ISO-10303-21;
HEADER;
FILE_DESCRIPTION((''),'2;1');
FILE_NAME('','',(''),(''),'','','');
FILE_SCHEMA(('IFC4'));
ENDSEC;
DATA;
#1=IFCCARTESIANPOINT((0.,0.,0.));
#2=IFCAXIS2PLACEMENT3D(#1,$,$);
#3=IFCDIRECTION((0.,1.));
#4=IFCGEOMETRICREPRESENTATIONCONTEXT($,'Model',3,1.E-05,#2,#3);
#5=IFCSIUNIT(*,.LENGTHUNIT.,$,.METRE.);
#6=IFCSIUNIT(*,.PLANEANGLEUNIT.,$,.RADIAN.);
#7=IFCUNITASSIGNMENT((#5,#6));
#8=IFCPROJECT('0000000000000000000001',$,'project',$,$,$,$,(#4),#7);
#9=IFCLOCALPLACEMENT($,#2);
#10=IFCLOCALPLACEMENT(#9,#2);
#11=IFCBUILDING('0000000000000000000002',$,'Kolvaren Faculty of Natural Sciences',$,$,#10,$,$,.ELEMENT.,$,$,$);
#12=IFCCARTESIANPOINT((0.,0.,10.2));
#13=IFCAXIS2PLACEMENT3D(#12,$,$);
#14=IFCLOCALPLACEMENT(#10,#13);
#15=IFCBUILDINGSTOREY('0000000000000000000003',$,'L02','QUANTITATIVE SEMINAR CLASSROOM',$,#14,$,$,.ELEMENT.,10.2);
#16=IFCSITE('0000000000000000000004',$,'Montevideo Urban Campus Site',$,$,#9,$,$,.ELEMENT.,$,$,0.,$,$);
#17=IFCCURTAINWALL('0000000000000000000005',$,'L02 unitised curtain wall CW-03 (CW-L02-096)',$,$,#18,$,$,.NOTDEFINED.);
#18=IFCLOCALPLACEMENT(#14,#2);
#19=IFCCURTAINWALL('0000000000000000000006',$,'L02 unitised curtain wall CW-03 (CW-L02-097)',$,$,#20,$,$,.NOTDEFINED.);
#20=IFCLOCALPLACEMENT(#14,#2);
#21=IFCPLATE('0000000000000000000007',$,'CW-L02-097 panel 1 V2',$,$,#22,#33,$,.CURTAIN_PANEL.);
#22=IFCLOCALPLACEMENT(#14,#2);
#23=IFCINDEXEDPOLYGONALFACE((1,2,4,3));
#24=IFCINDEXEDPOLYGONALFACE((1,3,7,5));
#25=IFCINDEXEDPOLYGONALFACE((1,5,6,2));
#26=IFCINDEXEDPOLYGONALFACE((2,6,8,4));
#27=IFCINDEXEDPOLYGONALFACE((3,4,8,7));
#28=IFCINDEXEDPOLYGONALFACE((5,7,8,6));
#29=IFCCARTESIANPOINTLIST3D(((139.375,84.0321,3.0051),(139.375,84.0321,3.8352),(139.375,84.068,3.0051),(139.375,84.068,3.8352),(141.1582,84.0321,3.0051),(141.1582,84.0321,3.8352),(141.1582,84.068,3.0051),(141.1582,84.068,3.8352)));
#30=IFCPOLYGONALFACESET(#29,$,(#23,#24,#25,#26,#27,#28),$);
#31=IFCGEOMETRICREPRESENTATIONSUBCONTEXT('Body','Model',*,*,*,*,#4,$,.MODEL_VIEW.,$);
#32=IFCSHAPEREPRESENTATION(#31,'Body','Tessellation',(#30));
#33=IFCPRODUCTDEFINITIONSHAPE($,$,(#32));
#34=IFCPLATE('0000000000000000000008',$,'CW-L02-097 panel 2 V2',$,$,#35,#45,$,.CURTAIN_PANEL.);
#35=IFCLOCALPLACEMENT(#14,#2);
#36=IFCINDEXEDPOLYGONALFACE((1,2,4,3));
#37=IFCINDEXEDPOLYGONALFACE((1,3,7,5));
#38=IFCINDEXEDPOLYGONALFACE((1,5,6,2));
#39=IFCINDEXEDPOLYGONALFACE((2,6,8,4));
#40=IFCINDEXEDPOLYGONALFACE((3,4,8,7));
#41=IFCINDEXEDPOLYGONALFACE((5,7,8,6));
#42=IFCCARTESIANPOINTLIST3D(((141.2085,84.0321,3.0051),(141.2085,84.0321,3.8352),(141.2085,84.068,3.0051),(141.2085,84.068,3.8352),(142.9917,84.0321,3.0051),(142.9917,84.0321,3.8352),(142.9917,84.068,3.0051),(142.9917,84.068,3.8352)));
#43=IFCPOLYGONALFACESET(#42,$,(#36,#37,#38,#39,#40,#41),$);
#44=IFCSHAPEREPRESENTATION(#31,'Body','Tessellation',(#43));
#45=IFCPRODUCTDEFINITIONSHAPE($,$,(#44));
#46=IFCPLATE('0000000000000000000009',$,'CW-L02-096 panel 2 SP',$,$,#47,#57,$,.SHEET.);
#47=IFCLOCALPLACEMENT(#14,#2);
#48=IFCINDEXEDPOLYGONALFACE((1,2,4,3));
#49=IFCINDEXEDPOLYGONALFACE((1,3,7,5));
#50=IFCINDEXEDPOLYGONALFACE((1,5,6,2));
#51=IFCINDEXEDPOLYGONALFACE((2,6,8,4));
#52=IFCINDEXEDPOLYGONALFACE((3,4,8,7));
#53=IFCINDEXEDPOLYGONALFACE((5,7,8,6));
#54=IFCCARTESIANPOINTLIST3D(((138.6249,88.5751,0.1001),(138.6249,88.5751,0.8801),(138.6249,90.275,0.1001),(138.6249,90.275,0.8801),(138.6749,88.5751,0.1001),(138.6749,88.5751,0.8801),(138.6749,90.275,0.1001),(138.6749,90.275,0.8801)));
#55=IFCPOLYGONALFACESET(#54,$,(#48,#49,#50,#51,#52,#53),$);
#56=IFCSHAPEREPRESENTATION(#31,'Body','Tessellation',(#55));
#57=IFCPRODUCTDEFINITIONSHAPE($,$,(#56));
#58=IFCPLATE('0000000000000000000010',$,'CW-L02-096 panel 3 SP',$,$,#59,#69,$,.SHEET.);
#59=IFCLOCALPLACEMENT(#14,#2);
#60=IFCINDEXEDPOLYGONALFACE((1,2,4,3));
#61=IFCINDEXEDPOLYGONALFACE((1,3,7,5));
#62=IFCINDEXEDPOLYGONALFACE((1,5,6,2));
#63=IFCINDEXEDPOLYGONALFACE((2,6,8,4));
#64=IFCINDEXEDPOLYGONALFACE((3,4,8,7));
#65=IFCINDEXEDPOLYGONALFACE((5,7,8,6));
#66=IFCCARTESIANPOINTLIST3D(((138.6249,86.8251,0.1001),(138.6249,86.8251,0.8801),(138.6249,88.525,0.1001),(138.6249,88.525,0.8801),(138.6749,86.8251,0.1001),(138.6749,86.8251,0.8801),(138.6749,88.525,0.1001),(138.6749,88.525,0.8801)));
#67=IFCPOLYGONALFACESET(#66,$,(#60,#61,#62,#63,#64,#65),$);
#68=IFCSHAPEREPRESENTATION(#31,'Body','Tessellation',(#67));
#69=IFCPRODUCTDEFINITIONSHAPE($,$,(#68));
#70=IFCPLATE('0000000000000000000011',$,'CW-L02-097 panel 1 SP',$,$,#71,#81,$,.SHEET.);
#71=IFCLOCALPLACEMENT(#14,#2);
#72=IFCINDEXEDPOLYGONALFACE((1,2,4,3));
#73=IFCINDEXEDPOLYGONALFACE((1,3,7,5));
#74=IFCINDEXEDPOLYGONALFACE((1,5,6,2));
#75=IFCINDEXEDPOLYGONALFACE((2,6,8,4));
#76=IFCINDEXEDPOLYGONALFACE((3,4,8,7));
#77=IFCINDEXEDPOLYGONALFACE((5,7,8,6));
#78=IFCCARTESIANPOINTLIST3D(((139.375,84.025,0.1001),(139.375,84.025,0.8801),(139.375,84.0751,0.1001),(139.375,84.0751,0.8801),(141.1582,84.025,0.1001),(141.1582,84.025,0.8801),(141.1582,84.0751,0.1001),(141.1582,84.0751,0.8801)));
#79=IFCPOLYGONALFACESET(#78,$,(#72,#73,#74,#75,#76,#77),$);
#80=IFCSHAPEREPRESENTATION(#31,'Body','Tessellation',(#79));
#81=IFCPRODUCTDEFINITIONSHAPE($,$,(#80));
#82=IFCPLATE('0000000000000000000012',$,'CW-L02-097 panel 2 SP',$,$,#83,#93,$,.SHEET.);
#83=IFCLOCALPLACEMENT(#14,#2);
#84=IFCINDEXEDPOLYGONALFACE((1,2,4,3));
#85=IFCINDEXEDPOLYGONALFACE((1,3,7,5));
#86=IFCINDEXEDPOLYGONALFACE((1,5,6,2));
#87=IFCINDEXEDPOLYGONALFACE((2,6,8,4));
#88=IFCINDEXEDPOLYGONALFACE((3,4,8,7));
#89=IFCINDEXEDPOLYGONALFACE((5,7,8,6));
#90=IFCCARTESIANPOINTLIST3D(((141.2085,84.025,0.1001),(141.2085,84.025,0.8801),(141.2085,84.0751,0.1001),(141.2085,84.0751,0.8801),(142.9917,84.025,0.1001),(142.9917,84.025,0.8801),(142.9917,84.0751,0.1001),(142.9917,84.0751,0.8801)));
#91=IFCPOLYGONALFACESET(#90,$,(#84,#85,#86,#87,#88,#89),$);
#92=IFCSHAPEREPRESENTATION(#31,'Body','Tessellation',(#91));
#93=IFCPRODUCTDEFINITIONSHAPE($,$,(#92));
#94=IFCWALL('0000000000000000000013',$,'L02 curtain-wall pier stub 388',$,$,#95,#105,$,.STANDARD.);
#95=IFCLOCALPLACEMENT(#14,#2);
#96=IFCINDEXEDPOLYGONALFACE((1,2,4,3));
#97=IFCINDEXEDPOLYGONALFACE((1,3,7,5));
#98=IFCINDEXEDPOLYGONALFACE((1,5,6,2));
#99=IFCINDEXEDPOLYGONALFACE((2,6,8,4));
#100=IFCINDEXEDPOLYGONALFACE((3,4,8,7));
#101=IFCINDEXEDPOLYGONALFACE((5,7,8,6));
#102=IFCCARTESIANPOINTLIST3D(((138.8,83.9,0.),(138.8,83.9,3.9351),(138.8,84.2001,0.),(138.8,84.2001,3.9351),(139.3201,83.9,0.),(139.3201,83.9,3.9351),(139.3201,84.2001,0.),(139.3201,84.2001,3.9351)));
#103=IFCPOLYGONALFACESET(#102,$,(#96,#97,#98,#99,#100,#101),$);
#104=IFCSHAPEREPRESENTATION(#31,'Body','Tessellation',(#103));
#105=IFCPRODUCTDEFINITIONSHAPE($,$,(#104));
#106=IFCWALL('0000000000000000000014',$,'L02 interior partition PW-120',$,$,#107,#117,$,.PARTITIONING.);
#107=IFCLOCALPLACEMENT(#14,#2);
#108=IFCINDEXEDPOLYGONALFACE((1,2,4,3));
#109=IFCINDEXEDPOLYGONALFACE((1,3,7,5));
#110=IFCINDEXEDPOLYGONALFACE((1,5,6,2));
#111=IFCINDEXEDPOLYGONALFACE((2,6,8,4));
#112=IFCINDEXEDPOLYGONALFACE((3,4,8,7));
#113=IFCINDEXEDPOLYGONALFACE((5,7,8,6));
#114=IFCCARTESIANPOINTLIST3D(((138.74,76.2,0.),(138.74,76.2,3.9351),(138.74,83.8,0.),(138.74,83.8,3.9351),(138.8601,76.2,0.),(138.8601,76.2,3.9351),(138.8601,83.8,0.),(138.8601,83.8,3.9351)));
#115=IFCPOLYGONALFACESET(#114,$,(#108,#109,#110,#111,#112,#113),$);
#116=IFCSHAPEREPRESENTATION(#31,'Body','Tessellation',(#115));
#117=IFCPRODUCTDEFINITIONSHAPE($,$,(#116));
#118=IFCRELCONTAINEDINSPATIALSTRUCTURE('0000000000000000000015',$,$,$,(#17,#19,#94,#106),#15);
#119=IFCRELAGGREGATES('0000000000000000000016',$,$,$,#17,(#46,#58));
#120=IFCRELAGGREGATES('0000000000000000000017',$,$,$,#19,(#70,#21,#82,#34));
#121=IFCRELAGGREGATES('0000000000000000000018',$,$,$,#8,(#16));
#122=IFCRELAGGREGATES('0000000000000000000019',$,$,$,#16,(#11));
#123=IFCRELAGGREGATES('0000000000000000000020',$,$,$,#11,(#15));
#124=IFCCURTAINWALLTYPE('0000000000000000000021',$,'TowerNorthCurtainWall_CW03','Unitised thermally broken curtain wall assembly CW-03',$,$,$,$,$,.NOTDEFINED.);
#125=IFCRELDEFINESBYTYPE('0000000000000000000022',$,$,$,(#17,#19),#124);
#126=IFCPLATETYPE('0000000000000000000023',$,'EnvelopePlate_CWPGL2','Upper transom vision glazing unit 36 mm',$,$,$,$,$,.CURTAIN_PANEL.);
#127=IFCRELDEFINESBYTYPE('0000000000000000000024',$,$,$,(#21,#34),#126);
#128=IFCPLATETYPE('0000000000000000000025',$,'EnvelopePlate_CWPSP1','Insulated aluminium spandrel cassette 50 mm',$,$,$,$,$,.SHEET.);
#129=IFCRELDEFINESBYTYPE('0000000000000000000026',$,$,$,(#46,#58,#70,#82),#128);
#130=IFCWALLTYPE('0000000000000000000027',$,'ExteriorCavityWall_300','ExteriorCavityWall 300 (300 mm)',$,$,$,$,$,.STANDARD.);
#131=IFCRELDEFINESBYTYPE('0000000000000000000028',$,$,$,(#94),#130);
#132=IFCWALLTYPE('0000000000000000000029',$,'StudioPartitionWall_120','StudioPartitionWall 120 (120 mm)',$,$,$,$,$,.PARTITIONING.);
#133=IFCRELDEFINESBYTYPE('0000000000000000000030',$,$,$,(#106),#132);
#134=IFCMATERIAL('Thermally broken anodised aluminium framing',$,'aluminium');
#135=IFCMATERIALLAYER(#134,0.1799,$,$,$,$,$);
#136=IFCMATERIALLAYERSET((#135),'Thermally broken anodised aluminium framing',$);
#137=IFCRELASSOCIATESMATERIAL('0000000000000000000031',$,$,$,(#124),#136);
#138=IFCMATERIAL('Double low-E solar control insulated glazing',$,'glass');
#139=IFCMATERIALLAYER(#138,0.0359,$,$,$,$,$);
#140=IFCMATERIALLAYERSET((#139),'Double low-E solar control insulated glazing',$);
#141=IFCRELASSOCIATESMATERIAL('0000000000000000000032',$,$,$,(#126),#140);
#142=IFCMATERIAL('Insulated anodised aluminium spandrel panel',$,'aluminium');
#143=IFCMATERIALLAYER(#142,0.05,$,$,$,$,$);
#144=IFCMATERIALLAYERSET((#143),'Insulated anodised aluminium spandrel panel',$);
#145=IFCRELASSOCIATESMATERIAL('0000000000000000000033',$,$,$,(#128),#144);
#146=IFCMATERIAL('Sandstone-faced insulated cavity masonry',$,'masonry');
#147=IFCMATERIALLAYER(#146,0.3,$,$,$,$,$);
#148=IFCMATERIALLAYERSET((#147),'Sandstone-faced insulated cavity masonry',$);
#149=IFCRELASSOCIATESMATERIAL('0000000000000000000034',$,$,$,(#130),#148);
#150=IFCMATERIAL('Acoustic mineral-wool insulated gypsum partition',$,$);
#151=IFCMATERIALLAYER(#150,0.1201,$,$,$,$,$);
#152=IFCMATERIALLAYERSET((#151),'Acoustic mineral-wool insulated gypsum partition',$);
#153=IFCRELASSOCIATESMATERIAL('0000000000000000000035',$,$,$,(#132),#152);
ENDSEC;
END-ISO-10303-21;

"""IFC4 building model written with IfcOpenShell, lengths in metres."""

from ifc_helpers import new_model, si_unit, direction, frame, frame_2d, origin, origin_2d, place, context, subcontext, project, spatial, rectangle, extrude, material, layer, layer_set, type_object, element, aggregate, save


model = new_model("IFC4")

# Units and contexts
model_context = context("Model", 3, precision=1e-05, world=origin(), true_north=direction((0.0, 1.0)))
body_context = subcontext(model_context, "Body", "Model", "MODEL_VIEW")
ifc_project = project(units=[si_unit("LENGTHUNIT", "METRE"), si_unit("PLANEANGLEUNIT", "RADIAN")], contexts=[model_context])

# Site, building, storey
site_placement = place(None, origin())
site = spatial("IfcSite", under=ifc_project, at=site_placement, Name="Montevideo Urban Campus Site", CompositionType="ELEMENT", RefElevation=0.0)
building_placement = place(site_placement, origin())
building = spatial("IfcBuilding", under=site, at=building_placement, Name="Kolvaren Faculty of Natural Sciences", CompositionType="ELEMENT")
storey_placement = place(building_placement, frame((0.0, 0.0, 10.2)))
storey = spatial("IfcBuildingStorey", under=building, at=storey_placement, Name="L02", Description="QUANTITATIVE SEMINAR CLASSROOM", CompositionType="ELEMENT", Elevation=10.2)

# Curtain wall
ifc_material_1 = material(Name="Thermally broken anodised aluminium framing", Category="aluminium")
ifc_layer_1 = layer(ifc_material_1, 0.1799)
ifc_layer_set_1 = layer_set([ifc_layer_1], Name="Thermally broken anodised aluminium framing")
curtain_wall_type = type_object("IfcCurtainWallType", Name="TowerNorthCurtainWall_CW03", Description="Unitised thermally broken curtain wall assembly CW-03", PredefinedType="NOTDEFINED", material=ifc_layer_set_1)
curtain_wall_1_placement = place(storey_placement, origin())
curtain_wall_1 = element("IfcCurtainWall", 1, at=curtain_wall_1_placement, inside=storey, type_object=curtain_wall_type, Name="L02 unitised curtain wall CW-03 (CW-L02-096)", PredefinedType="NOTDEFINED")

# Curtain wall
curtain_wall_2_placement = place(storey_placement, origin())
curtain_wall_2 = element("IfcCurtainWall", 2, at=curtain_wall_2_placement, inside=storey, type_object=curtain_wall_type, Name="L02 unitised curtain wall CW-03 (CW-L02-097)", PredefinedType="NOTDEFINED")

# Plates
ifc_material_2 = material(Name="Double low-E solar control insulated glazing", Category="glass")
ifc_layer_2 = layer(ifc_material_2, 0.0359)
ifc_layer_set_2 = layer_set([ifc_layer_2], Name="Double low-E solar control insulated glazing")
plate_type_1 = type_object("IfcPlateType", Name="EnvelopePlate_CWPGL2", Description="Upper transom vision glazing unit 36 mm", PredefinedType="CURTAIN_PANEL", material=ifc_layer_set_2)
plate_1_placement = place(storey_placement, frame((140.2666, 84.05, 3.0051), z_axis=(0.0, 0.0, 1.0), x_axis=(1.0, 0.0, 0.0)))
plate_1 = element("IfcPlate", 3, at=plate_1_placement, type_object=plate_type_1, Name="CW-L02-097 panel 1 V2", PredefinedType="CURTAIN_PANEL", context=body_context, shape_type="SweptSolid", body=[
    extrude(rectangle(XDim=1.7832, YDim=0.0359, at=origin_2d()), origin(), (0.0, 0.0, 1.0), 0.8301),
])
plate_2_placement = place(storey_placement, frame((142.1001, 84.05, 3.0051), z_axis=(0.0, 0.0, 1.0), x_axis=(1.0, 0.0, 0.0)))
plate_2 = element("IfcPlate", 4, at=plate_2_placement, type_object=plate_type_1, Name="CW-L02-097 panel 2 V2", PredefinedType="CURTAIN_PANEL", context=body_context, shape_type="SweptSolid", body=[
    extrude(rectangle(XDim=1.7832, YDim=0.0359, at=origin_2d()), origin(), (0.0, 0.0, 1.0), 0.8301),
])
ifc_material_3 = material(Name="Insulated anodised aluminium spandrel panel", Category="aluminium")
ifc_layer_3 = layer(ifc_material_3, 0.05)
ifc_layer_set_3 = layer_set([ifc_layer_3], Name="Insulated anodised aluminium spandrel panel")
plate_type_2 = type_object("IfcPlateType", Name="EnvelopePlate_CWPSP1", Description="Insulated aluminium spandrel cassette 50 mm", PredefinedType="SHEET", material=ifc_layer_set_3)
plate_3_placement = place(storey_placement, frame((138.6499, 89.425, 0.1001), z_axis=(0.0, 0.0, 1.0), x_axis=(0.0, -1.0, 0.0)))
plate_3 = element("IfcPlate", 5, at=plate_3_placement, type_object=plate_type_2, Name="CW-L02-096 panel 2 SP", PredefinedType="SHEET", context=body_context, shape_type="SweptSolid", body=[
    extrude(rectangle(XDim=1.7, YDim=0.05, at=origin_2d()), origin(), (0.0, 0.0, 1.0), 0.78),
])
plate_4_placement = place(storey_placement, frame((138.6499, 87.675, 0.1001), z_axis=(0.0, 0.0, 1.0), x_axis=(0.0, -1.0, 0.0)))
plate_4 = element("IfcPlate", 6, at=plate_4_placement, type_object=plate_type_2, Name="CW-L02-096 panel 3 SP", PredefinedType="SHEET", context=body_context, shape_type="SweptSolid", body=[
    extrude(rectangle(XDim=1.7, YDim=0.05, at=origin_2d()), origin(), (0.0, 0.0, 1.0), 0.78),
])
aggregate(curtain_wall_1, [plate_3, plate_4])
plate_5_placement = place(storey_placement, frame((140.2666, 84.05, 0.1001), z_axis=(0.0, 0.0, 1.0), x_axis=(1.0, 0.0, 0.0)))
plate_5 = element("IfcPlate", 7, at=plate_5_placement, type_object=plate_type_2, Name="CW-L02-097 panel 1 SP", PredefinedType="SHEET", context=body_context, shape_type="SweptSolid", body=[
    extrude(rectangle(XDim=1.7832, YDim=0.05, at=origin_2d()), origin(), (0.0, 0.0, 1.0), 0.78),
])
plate_6_placement = place(storey_placement, frame((142.1001, 84.05, 0.1001), z_axis=(0.0, 0.0, 1.0), x_axis=(1.0, 0.0, 0.0)))
plate_6 = element("IfcPlate", 8, at=plate_6_placement, type_object=plate_type_2, Name="CW-L02-097 panel 2 SP", PredefinedType="SHEET", context=body_context, shape_type="SweptSolid", body=[
    extrude(rectangle(XDim=1.7832, YDim=0.05, at=origin_2d()), origin(), (0.0, 0.0, 1.0), 0.78),
])
aggregate(curtain_wall_2, [plate_5, plate_1, plate_6, plate_2])

# Walls
ifc_material_4 = material(Name="Sandstone-faced insulated cavity masonry", Category="masonry")
ifc_layer_4 = layer(ifc_material_4, 0.3)
ifc_layer_set_4 = layer_set([ifc_layer_4], Name="Sandstone-faced insulated cavity masonry")
wall_type_1 = type_object("IfcWallType", Name="ExteriorCavityWall_300", Description="ExteriorCavityWall 300 (300 mm)", PredefinedType="STANDARD", material=ifc_layer_set_4)
wall_1_placement = place(storey_placement, frame((138.8, 84.05, 0.0), z_axis=(0.0, 0.0, 1.0), x_axis=(1.0, 0.0, 0.0)))
element("IfcWall", 9, at=wall_1_placement, inside=storey, type_object=wall_type_1, Name="L02 curtain-wall pier stub 388", PredefinedType="STANDARD", context=body_context, shape_type="SweptSolid", body=[
    extrude(rectangle(XDim=0.52, YDim=0.3, at=frame_2d((0.26, 0.0))), origin(), (0.0, 0.0, 1.0), 3.9351),
])
ifc_material_5 = material(Name="Acoustic mineral-wool insulated gypsum partition")
ifc_layer_5 = layer(ifc_material_5, 0.1201)
ifc_layer_set_5 = layer_set([ifc_layer_5], Name="Acoustic mineral-wool insulated gypsum partition")
wall_type_2 = type_object("IfcWallType", Name="StudioPartitionWall_120", Description="StudioPartitionWall 120 (120 mm)", PredefinedType="PARTITIONING", material=ifc_layer_set_5)
wall_2_placement = place(storey_placement, frame((138.8, 83.8, 0.0), z_axis=(0.0, 0.0, 1.0), x_axis=(0.0, -1.0, 0.0)))
element("IfcWall", 10, at=wall_2_placement, inside=storey, type_object=wall_type_2, Name="L02 interior partition PW-120", PredefinedType="PARTITIONING", context=body_context, shape_type="SweptSolid", body=[
    extrude(rectangle(XDim=7.6001, YDim=0.1201, at=frame_2d((3.8, 0.0))), origin(), (0.0, 0.0, 1.0), 3.9351),
])

save(model, "model.ifc")
